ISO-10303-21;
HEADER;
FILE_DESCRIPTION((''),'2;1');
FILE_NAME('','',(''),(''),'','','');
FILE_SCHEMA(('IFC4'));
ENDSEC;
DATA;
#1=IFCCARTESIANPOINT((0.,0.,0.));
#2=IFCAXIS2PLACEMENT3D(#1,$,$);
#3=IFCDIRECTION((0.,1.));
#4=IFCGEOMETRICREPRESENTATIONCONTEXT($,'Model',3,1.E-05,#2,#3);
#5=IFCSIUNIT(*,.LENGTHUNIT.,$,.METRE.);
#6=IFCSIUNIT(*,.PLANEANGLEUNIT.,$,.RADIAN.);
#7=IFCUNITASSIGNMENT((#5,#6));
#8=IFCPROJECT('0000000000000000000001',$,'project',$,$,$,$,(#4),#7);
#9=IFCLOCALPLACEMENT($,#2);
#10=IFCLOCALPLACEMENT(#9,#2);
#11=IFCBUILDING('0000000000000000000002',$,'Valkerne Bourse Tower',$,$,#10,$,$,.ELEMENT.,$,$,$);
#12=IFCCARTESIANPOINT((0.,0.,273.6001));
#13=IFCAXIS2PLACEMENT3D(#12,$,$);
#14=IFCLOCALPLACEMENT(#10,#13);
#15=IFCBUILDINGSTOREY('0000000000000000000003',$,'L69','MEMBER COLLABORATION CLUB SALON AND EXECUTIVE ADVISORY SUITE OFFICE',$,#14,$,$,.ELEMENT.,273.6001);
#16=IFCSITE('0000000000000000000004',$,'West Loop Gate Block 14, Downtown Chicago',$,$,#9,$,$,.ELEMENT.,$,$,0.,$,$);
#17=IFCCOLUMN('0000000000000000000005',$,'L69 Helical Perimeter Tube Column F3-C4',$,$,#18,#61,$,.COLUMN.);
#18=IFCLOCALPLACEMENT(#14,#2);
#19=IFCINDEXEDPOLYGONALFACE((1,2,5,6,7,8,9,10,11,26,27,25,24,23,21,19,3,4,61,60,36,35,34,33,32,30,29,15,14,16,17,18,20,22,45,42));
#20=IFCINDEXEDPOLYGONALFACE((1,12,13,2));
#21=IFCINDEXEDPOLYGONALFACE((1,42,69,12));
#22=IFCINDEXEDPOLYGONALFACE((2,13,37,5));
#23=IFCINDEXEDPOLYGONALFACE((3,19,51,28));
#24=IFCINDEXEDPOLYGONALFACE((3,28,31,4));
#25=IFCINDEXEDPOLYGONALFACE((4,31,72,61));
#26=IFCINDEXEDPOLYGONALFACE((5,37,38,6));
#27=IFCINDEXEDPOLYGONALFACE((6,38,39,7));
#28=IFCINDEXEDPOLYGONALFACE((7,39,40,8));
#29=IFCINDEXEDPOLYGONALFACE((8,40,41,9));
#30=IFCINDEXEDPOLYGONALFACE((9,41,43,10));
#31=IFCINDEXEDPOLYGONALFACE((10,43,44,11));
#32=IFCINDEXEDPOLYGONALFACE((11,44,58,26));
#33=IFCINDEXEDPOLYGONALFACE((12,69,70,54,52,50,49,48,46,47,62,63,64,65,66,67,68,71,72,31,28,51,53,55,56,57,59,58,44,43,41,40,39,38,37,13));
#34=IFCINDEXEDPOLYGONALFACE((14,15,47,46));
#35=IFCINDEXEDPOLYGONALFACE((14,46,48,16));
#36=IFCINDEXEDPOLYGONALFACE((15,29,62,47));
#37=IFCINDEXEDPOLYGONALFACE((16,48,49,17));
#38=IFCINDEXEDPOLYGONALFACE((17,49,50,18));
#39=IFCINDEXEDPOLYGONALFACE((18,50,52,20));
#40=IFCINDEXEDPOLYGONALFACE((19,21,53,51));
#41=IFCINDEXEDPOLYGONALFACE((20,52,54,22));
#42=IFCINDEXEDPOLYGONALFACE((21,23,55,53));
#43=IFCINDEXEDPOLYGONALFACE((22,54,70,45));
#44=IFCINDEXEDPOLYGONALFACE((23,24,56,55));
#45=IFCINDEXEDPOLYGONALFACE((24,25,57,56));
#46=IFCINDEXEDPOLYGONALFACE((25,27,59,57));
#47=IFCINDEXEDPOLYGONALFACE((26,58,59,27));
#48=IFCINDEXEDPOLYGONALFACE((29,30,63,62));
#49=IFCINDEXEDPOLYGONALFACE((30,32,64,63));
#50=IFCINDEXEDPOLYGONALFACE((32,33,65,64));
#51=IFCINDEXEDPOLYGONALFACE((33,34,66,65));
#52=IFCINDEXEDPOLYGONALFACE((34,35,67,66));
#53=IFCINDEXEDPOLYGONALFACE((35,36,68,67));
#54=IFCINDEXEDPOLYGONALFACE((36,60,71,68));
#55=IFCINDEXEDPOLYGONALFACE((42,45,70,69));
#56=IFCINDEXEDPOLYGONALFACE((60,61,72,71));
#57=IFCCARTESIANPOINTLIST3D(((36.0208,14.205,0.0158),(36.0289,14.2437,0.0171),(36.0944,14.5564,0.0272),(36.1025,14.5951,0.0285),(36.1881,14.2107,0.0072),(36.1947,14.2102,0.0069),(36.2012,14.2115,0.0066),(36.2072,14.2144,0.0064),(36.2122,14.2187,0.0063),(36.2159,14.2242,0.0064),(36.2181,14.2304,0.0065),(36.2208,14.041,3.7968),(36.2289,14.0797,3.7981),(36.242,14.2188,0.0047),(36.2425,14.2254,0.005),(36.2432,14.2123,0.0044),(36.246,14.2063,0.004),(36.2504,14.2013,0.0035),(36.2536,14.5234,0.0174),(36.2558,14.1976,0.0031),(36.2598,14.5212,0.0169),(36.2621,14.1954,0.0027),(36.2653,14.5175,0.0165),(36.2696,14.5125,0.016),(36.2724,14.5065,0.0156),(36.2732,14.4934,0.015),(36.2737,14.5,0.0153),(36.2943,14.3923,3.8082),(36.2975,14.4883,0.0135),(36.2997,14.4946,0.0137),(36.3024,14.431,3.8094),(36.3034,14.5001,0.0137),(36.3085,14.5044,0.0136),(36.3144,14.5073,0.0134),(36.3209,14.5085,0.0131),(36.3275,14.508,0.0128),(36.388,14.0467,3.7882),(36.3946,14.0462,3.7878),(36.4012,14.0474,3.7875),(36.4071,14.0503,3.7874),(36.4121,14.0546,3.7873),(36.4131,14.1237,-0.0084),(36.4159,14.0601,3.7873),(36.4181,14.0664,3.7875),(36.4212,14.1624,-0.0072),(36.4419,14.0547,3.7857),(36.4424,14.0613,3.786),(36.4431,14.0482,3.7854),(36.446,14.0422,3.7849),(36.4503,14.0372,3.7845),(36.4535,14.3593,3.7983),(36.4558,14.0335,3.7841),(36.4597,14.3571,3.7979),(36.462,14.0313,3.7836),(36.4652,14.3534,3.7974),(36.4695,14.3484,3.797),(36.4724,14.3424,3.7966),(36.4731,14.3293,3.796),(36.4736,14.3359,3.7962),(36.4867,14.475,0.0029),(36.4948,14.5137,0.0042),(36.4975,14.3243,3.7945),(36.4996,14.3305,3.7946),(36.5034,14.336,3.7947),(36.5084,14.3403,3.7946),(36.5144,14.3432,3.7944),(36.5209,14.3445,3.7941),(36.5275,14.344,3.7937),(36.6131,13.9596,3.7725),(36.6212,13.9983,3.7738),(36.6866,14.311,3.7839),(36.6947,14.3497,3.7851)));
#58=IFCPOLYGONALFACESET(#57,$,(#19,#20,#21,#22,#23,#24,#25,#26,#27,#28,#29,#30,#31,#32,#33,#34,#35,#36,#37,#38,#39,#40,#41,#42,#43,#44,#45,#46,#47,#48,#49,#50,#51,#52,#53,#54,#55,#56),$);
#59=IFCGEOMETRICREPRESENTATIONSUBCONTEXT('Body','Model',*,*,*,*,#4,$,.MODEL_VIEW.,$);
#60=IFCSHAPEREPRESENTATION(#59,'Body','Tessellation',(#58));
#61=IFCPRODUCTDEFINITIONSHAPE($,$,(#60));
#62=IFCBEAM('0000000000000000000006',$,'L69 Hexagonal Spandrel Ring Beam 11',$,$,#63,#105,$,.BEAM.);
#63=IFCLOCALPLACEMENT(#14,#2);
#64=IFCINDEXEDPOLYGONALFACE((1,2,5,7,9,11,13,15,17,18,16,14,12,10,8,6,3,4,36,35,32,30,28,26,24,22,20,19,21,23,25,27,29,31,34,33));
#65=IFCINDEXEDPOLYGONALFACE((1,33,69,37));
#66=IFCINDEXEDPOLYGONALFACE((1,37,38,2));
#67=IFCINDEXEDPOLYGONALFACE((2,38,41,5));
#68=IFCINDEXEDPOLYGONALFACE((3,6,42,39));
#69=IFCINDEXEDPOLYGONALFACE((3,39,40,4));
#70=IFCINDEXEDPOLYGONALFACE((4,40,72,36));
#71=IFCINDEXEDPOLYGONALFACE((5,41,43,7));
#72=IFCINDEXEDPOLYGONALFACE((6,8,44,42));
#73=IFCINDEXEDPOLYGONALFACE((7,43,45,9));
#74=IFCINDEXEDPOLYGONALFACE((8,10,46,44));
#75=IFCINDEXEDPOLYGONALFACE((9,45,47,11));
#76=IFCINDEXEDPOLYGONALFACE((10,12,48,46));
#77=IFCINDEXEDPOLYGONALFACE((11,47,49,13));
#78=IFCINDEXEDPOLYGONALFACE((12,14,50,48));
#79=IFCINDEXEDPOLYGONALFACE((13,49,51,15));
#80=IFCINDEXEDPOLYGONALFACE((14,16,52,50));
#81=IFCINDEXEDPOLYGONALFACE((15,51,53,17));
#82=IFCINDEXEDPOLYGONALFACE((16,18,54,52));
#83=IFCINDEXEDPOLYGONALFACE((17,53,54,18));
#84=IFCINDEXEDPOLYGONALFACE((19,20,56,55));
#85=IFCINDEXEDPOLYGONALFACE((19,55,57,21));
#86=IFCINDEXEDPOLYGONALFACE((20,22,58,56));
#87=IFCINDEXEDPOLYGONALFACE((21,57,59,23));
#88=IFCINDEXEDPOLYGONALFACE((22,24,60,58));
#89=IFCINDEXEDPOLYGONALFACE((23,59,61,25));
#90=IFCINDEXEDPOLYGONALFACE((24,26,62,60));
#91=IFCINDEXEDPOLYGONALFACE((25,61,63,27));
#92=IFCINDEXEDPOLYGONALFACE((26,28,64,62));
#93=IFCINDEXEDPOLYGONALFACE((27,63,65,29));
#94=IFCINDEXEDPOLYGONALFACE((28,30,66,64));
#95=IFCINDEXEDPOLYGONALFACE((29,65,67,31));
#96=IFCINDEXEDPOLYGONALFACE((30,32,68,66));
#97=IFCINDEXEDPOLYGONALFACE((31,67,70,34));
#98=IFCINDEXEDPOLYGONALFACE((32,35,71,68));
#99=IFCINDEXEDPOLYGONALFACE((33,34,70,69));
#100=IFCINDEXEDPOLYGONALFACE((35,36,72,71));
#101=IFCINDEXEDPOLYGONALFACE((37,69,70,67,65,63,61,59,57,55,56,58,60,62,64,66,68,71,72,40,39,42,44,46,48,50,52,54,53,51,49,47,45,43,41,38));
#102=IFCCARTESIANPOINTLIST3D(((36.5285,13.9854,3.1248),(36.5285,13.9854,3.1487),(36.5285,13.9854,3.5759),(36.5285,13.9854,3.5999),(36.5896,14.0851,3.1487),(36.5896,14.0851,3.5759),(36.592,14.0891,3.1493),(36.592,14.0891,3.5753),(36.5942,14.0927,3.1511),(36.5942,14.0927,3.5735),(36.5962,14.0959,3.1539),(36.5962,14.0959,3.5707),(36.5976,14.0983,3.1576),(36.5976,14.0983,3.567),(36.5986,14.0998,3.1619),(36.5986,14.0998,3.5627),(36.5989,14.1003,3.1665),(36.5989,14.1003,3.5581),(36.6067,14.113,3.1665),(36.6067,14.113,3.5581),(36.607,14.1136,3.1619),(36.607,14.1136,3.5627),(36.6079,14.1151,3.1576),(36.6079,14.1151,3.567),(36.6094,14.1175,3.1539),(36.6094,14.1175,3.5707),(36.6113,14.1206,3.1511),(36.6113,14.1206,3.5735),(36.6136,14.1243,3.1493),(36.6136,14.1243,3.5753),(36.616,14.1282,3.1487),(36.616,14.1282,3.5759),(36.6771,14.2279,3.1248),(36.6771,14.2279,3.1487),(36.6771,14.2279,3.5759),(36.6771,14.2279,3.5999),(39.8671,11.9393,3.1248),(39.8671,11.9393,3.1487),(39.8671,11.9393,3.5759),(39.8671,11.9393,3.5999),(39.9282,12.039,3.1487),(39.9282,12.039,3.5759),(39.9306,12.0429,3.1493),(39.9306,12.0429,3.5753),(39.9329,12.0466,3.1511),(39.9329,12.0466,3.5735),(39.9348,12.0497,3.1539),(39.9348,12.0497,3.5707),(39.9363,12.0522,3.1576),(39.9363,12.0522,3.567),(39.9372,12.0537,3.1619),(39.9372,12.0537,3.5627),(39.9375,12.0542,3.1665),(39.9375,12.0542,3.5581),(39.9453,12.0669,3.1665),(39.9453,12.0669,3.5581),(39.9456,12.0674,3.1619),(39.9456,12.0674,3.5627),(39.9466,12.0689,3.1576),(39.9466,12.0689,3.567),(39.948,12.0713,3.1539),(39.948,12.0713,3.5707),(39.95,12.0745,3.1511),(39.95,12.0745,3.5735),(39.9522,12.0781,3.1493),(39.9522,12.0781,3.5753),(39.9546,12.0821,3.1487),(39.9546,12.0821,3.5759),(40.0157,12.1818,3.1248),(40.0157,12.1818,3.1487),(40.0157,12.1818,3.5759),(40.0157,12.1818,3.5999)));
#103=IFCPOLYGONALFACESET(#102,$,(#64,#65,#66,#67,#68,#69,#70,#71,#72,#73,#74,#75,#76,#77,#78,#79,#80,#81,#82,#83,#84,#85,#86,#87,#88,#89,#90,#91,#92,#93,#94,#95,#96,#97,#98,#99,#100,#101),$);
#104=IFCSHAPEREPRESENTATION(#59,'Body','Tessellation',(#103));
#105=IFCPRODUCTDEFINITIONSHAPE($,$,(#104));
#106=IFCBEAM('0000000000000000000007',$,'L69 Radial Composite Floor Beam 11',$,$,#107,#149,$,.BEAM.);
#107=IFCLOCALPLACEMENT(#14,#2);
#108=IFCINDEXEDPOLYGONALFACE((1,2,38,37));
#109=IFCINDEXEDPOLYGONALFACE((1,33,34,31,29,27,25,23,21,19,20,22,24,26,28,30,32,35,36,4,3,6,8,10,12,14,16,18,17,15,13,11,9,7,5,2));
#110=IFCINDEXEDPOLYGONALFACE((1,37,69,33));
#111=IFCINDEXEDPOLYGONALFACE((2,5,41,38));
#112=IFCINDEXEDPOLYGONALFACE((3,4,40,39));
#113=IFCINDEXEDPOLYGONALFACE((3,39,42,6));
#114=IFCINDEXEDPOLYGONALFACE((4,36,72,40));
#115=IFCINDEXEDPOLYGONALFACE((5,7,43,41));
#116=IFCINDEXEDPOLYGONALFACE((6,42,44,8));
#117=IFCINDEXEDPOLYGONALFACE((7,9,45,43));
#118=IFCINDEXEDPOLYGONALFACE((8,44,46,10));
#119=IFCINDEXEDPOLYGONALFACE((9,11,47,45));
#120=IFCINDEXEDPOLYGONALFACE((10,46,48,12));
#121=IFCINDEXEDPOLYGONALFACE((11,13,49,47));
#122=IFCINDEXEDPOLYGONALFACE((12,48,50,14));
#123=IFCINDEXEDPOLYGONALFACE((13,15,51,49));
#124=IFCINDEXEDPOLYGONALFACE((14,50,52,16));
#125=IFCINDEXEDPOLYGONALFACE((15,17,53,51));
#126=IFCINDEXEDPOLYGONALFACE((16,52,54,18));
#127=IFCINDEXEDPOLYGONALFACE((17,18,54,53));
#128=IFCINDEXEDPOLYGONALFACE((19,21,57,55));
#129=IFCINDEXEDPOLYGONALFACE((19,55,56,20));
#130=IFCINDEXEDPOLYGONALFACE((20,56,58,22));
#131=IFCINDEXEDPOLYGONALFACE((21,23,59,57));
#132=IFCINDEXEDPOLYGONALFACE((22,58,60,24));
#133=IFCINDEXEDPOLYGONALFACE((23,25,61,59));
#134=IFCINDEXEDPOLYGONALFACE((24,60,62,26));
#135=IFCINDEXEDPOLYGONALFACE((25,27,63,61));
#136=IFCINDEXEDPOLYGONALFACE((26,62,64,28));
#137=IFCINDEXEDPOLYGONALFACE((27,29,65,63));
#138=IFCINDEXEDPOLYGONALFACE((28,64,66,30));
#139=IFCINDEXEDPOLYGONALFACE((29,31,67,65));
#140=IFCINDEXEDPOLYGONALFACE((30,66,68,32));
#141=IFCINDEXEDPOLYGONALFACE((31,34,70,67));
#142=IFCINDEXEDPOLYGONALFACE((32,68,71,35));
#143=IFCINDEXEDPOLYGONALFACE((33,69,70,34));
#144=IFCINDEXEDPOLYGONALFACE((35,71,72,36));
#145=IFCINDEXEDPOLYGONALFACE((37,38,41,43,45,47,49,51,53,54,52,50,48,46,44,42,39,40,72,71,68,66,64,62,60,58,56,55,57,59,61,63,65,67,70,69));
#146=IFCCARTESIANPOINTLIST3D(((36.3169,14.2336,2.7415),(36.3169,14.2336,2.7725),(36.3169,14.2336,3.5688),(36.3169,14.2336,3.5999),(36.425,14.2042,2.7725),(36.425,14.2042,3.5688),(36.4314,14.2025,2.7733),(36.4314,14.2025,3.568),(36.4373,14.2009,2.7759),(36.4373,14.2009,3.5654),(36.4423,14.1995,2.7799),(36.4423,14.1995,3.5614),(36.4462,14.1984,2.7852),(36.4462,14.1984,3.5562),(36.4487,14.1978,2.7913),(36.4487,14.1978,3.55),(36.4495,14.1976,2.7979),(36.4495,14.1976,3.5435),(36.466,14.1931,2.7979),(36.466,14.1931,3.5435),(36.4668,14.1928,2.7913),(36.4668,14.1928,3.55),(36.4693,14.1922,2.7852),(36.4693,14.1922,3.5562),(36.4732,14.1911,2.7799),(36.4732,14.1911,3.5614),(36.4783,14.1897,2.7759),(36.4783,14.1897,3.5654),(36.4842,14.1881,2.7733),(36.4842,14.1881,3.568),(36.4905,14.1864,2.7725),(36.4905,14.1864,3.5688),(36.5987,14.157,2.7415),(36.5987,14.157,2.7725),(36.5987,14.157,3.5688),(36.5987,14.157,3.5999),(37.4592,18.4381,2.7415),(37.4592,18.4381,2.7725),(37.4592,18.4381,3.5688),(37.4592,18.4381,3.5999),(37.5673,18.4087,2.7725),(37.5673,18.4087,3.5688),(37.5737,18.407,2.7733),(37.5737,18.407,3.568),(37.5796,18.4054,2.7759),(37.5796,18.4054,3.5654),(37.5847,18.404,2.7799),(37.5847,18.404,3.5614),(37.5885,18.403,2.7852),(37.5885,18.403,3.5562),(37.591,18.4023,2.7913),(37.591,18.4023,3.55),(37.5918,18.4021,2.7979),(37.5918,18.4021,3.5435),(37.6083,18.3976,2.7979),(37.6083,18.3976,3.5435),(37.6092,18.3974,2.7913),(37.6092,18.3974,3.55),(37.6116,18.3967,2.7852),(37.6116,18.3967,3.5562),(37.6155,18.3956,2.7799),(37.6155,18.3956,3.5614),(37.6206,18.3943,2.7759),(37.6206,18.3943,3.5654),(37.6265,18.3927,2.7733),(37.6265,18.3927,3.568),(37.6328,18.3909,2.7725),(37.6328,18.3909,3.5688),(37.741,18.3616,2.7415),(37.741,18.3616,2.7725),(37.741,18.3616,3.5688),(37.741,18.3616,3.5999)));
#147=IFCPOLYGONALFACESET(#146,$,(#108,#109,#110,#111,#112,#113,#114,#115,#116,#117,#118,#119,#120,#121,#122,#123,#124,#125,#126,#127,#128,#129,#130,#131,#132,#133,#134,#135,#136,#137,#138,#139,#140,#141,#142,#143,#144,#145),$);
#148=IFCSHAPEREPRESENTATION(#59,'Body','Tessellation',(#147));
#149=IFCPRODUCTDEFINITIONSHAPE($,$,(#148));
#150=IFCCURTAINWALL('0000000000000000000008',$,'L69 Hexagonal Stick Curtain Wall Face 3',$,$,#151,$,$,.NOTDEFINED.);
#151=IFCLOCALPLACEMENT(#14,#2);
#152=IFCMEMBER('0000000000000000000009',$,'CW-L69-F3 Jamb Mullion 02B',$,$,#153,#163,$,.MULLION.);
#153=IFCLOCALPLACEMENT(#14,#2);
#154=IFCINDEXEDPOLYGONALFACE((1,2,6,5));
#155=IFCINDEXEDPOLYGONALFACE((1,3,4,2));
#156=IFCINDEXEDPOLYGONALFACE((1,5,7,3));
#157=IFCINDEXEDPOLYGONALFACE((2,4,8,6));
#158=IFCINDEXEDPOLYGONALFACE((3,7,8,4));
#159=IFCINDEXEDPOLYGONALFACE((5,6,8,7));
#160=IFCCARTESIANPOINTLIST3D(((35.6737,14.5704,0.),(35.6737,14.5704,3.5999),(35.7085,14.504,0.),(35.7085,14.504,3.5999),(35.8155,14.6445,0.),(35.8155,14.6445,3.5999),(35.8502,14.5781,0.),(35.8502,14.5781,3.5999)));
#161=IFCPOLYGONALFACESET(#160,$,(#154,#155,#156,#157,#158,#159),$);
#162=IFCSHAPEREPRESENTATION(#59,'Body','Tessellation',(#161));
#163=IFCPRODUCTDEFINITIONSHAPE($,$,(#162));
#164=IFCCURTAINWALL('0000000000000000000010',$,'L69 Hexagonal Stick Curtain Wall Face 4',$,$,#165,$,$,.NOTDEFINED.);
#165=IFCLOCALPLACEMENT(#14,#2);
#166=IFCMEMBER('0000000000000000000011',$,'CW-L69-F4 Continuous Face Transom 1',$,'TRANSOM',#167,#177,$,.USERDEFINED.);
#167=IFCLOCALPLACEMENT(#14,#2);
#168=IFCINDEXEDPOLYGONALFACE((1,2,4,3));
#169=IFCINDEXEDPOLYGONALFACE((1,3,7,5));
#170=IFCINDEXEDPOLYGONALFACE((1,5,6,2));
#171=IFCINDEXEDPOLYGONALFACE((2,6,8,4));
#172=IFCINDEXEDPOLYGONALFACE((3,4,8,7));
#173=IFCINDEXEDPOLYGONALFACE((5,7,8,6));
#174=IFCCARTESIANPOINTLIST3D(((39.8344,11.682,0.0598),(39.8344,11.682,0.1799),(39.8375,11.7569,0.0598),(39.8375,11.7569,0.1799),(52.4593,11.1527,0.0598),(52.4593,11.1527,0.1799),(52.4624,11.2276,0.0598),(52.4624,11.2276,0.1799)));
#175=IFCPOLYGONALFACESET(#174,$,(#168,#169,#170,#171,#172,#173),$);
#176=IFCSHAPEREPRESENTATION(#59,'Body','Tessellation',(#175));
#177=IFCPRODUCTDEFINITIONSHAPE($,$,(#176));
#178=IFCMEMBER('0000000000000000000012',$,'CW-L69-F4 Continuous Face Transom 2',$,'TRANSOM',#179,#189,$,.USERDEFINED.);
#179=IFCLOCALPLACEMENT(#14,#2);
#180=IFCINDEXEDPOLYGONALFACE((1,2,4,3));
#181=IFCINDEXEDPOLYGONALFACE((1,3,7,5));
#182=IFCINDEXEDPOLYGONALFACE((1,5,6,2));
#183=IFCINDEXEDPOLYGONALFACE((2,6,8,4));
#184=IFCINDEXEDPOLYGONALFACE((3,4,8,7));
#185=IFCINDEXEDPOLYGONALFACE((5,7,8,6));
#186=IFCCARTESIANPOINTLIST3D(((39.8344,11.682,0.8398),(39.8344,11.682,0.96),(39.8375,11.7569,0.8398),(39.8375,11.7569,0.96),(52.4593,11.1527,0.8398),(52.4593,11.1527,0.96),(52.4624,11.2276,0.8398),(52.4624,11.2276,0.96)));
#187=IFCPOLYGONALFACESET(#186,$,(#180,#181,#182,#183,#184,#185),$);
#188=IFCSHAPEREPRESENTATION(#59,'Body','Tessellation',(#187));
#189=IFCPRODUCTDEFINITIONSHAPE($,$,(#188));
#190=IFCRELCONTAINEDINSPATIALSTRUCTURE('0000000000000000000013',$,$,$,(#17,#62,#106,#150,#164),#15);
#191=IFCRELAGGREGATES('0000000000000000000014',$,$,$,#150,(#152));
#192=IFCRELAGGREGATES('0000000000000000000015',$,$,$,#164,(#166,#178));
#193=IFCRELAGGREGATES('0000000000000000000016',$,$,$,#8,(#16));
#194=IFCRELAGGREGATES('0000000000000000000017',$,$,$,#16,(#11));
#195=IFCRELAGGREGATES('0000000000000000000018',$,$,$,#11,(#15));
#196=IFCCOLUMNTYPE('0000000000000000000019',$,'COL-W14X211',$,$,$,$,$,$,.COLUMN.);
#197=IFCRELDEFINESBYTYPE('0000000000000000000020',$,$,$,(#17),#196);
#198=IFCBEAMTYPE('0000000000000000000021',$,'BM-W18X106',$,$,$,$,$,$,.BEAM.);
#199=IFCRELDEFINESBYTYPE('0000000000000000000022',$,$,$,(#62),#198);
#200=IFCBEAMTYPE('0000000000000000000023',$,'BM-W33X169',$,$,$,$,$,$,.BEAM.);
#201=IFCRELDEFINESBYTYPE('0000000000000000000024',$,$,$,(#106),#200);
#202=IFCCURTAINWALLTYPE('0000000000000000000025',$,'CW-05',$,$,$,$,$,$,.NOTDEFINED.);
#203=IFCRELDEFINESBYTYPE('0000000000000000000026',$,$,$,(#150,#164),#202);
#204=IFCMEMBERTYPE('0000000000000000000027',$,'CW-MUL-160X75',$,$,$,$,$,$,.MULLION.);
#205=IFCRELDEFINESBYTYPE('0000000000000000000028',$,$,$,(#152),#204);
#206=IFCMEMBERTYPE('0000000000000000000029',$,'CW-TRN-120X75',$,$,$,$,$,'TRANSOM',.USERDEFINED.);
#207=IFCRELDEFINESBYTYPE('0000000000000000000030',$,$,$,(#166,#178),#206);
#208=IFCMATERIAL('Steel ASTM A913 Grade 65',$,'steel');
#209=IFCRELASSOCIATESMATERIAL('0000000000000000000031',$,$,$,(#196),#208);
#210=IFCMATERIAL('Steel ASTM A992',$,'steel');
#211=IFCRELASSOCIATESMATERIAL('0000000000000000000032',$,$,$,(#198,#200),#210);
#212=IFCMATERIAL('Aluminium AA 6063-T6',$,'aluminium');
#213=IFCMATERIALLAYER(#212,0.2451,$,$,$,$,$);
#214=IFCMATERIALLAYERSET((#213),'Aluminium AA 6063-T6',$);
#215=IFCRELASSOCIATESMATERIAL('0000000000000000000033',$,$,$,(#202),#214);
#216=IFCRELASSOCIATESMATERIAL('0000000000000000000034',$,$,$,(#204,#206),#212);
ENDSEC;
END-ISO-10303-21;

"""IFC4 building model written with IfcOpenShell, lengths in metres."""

from ifc_helpers import new_model, si_unit, direction, frame, origin, origin_2d, place, context, subcontext, project, spatial, rectangle, i_section, extrude, material, layer, layer_set, material_profile, profile_set, type_object, element, aggregate, save


model = new_model("IFC4")

# Units and contexts
model_context = context("Model", 3, precision=1e-05, world=origin(), true_north=direction((0.0, 1.0)))
body_context = subcontext(model_context, "Body", "Model", "MODEL_VIEW")
ifc_project = project(units=[si_unit("LENGTHUNIT", "METRE"), si_unit("PLANEANGLEUNIT", "RADIAN")], contexts=[model_context])

# Site, building, storey
site_placement = place(None, origin())
site = spatial("IfcSite", under=ifc_project, at=site_placement, Name="West Loop Gate Block 14, Downtown Chicago", CompositionType="ELEMENT", RefElevation=0.0)
building_placement = place(site_placement, origin())
building = spatial("IfcBuilding", under=site, at=building_placement, Name="Valkerne Bourse Tower", CompositionType="ELEMENT")
storey_placement = place(building_placement, frame((0.0, 0.0, 273.6001)))
storey = spatial("IfcBuildingStorey", under=building, at=storey_placement, Name="L69", Description="MEMBER COLLABORATION CLUB SALON AND EXECUTIVE ADVISORY SUITE OFFICE", CompositionType="ELEMENT", Elevation=273.6001)

# Column
ifc_material_1 = material(Name="Steel ASTM A913 Grade 65", Category="steel")
ifc_material_profile_1 = material_profile(ifc_material_1, i_section(OverallWidth=0.4014, OverallDepth=0.3987, WebThickness=0.0249, FlangeThickness=0.0396, FilletRadius=0.0254, at=origin_2d()), Name="W14X211")
ifc_profile_set_1 = profile_set([ifc_material_profile_1], Name="Steel ASTM A913 Grade 65")
column_type = type_object("IfcColumnType", Name="COL-W14X211", PredefinedType="COLUMN", material=ifc_profile_set_1)
column_placement = place(storey_placement, frame((36.2578, 14.3594, 0.01), z_axis=(0.05276, -0.04329, 0.997668), x_axis=(0.977379, -0.202661, -0.060481)))
element("IfcColumn", 1, at=column_placement, inside=storey, type_object=column_type, Name="L69 Helical Perimeter Tube Column F3-C4", PredefinedType="COLUMN", context=body_context, shape_type="SweptSolid", body=[
    extrude(i_section(OverallWidth=0.4014, OverallDepth=0.3987, WebThickness=0.0249, FlangeThickness=0.0396, FilletRadius=0.0254, at=origin_2d()), origin(), (0.0, 0.0, 1.0), 3.7898),
])

# Beams
ifc_material_2 = material(Name="Steel ASTM A992", Category="steel")
ifc_material_profile_2 = material_profile(ifc_material_2, i_section(OverallWidth=0.2844, OverallDepth=0.4751, WebThickness=0.0149, FlangeThickness=0.0239, FilletRadius=0.0178, at=origin_2d()), Name="W18X106")
ifc_profile_set_2 = profile_set([ifc_material_profile_2], Name="Steel ASTM A992")
beam_type_1 = type_object("IfcBeamType", Name="BM-W18X106", PredefinedType="BEAM", material=ifc_profile_set_2)
beam_1_placement = place(storey_placement, frame((36.6028, 14.1067, 3.3623), z_axis=(0.852614, -0.522542, 0.0), x_axis=(0.522542, 0.852614, 0.0)))
element("IfcBeam", 2, at=beam_1_placement, inside=storey, type_object=beam_type_1, Name="L69 Hexagonal Spandrel Ring Beam 11", PredefinedType="BEAM", context=body_context, shape_type="SweptSolid", body=[
    extrude(i_section(OverallWidth=0.2844, OverallDepth=0.4751, WebThickness=0.0149, FlangeThickness=0.0239, FilletRadius=0.0178, at=origin_2d()), origin(), (0.0, 0.0, 1.0), 3.9158),
])
ifc_material_profile_3 = material_profile(ifc_material_2, i_section(OverallWidth=0.292, OverallDepth=0.8584, WebThickness=0.0171, FlangeThickness=0.031, FilletRadius=0.0254, at=origin_2d()), Name="W33X169")
ifc_profile_set_3 = profile_set([ifc_material_profile_3], Name="Steel ASTM A992")
beam_type_2 = type_object("IfcBeamType", Name="BM-W33X169", PredefinedType="BEAM", material=ifc_profile_set_3)
beam_2_placement = place(storey_placement, frame((36.4578, 14.1953, 3.1707), z_axis=(0.262183, 0.965018, 0.0), x_axis=(-0.965018, 0.262183, 0.0)))
element("IfcBeam", 3, at=beam_2_placement, inside=storey, type_object=beam_type_2, Name="L69 Radial Composite Floor Beam 11", PredefinedType="BEAM", context=body_context, shape_type="SweptSolid", body=[
    extrude(i_section(OverallWidth=0.292, OverallDepth=0.8584, WebThickness=0.0171, FlangeThickness=0.031, FilletRadius=0.0254, at=origin_2d()), origin(), (0.0, 0.0, 1.0), 4.3569),
])

# Curtain wall, member
ifc_material_3 = material(Name="Aluminium AA 6063-T6", Category="aluminium")
ifc_layer_1 = layer(ifc_material_3, 0.2451)
ifc_layer_set_1 = layer_set([ifc_layer_1], Name="Aluminium AA 6063-T6")
curtain_wall_type = type_object("IfcCurtainWallType", Name="CW-05", PredefinedType="NOTDEFINED", material=ifc_layer_set_1)
curtain_wall_1_placement = place(storey_placement, origin())
curtain_wall_1 = element("IfcCurtainWall", 4, at=curtain_wall_1_placement, inside=storey, type_object=curtain_wall_type, Name="L69 Hexagonal Stick Curtain Wall Face 3", PredefinedType="NOTDEFINED")
ifc_material_profile_4 = material_profile(ifc_material_3, rectangle(XDim=0.075, YDim=0.1599, at=origin_2d()), Name="CWM-75X160")
ifc_profile_set_4 = profile_set([ifc_material_profile_4], Name="Aluminium AA 6063-T6")
member_type_1 = type_object("IfcMemberType", Name="CW-MUL-160X75", PredefinedType="MULLION", material=ifc_profile_set_4)
member_1_placement = place(storey_placement, frame((35.762, 14.5742, 0.0), z_axis=(0.0, 0.0, 1.0), x_axis=(0.463294, -0.886204, 0.0)))
member_1 = element("IfcMember", 5, at=member_1_placement, type_object=member_type_1, Name="CW-L69-F3 Jamb Mullion 02B", PredefinedType="MULLION", context=body_context, shape_type="SweptSolid", body=[
    extrude(rectangle(XDim=0.075, YDim=0.1599, at=origin_2d()), origin(), (0.0, 0.0, 1.0), 3.5999),
])
aggregate(curtain_wall_1, [member_1])

# Curtain wall, members
curtain_wall_2_placement = place(storey_placement, origin())
curtain_wall_2 = element("IfcCurtainWall", 6, at=curtain_wall_2_placement, inside=storey, type_object=curtain_wall_type, Name="L69 Hexagonal Stick Curtain Wall Face 4", PredefinedType="NOTDEFINED")
ifc_material_profile_5 = material_profile(ifc_material_3, rectangle(XDim=0.075, YDim=0.1201, at=origin_2d()), Name="CWT-75X120")
ifc_profile_set_5 = profile_set([ifc_material_profile_5], Name="Aluminium AA 6063-T6")
member_type_2 = type_object("IfcMemberType", Name="CW-TRN-120X75", ElementType="TRANSOM", PredefinedType="USERDEFINED", material=ifc_profile_set_5)
member_2_placement = place(storey_placement, frame((39.8359, 11.7195, 0.1199), z_axis=(0.999122, -0.041888, 0.0), x_axis=(0.041888, 0.999122, 0.0)))
member_2 = element("IfcMember", 7, at=member_2_placement, type_object=member_type_2, Name="CW-L69-F4 Continuous Face Transom 1", ObjectType="TRANSOM", PredefinedType="USERDEFINED", context=body_context, shape_type="SweptSolid", body=[
    extrude(rectangle(XDim=0.075, YDim=0.1201, at=origin_2d()), origin(), (0.0, 0.0, 1.0), 12.636),
])
member_3_placement = place(storey_placement, frame((39.8359, 11.7195, 0.8999), z_axis=(0.999122, -0.041888, 0.0), x_axis=(0.041888, 0.999122, 0.0)))
member_3 = element("IfcMember", 8, at=member_3_placement, type_object=member_type_2, Name="CW-L69-F4 Continuous Face Transom 2", ObjectType="TRANSOM", PredefinedType="USERDEFINED", context=body_context, shape_type="SweptSolid", body=[
    extrude(rectangle(XDim=0.075, YDim=0.1201, at=origin_2d()), origin(), (0.0, 0.0, 1.0), 12.636),
])
aggregate(curtain_wall_2, [member_2, member_3])

save(model, "model.ifc")
